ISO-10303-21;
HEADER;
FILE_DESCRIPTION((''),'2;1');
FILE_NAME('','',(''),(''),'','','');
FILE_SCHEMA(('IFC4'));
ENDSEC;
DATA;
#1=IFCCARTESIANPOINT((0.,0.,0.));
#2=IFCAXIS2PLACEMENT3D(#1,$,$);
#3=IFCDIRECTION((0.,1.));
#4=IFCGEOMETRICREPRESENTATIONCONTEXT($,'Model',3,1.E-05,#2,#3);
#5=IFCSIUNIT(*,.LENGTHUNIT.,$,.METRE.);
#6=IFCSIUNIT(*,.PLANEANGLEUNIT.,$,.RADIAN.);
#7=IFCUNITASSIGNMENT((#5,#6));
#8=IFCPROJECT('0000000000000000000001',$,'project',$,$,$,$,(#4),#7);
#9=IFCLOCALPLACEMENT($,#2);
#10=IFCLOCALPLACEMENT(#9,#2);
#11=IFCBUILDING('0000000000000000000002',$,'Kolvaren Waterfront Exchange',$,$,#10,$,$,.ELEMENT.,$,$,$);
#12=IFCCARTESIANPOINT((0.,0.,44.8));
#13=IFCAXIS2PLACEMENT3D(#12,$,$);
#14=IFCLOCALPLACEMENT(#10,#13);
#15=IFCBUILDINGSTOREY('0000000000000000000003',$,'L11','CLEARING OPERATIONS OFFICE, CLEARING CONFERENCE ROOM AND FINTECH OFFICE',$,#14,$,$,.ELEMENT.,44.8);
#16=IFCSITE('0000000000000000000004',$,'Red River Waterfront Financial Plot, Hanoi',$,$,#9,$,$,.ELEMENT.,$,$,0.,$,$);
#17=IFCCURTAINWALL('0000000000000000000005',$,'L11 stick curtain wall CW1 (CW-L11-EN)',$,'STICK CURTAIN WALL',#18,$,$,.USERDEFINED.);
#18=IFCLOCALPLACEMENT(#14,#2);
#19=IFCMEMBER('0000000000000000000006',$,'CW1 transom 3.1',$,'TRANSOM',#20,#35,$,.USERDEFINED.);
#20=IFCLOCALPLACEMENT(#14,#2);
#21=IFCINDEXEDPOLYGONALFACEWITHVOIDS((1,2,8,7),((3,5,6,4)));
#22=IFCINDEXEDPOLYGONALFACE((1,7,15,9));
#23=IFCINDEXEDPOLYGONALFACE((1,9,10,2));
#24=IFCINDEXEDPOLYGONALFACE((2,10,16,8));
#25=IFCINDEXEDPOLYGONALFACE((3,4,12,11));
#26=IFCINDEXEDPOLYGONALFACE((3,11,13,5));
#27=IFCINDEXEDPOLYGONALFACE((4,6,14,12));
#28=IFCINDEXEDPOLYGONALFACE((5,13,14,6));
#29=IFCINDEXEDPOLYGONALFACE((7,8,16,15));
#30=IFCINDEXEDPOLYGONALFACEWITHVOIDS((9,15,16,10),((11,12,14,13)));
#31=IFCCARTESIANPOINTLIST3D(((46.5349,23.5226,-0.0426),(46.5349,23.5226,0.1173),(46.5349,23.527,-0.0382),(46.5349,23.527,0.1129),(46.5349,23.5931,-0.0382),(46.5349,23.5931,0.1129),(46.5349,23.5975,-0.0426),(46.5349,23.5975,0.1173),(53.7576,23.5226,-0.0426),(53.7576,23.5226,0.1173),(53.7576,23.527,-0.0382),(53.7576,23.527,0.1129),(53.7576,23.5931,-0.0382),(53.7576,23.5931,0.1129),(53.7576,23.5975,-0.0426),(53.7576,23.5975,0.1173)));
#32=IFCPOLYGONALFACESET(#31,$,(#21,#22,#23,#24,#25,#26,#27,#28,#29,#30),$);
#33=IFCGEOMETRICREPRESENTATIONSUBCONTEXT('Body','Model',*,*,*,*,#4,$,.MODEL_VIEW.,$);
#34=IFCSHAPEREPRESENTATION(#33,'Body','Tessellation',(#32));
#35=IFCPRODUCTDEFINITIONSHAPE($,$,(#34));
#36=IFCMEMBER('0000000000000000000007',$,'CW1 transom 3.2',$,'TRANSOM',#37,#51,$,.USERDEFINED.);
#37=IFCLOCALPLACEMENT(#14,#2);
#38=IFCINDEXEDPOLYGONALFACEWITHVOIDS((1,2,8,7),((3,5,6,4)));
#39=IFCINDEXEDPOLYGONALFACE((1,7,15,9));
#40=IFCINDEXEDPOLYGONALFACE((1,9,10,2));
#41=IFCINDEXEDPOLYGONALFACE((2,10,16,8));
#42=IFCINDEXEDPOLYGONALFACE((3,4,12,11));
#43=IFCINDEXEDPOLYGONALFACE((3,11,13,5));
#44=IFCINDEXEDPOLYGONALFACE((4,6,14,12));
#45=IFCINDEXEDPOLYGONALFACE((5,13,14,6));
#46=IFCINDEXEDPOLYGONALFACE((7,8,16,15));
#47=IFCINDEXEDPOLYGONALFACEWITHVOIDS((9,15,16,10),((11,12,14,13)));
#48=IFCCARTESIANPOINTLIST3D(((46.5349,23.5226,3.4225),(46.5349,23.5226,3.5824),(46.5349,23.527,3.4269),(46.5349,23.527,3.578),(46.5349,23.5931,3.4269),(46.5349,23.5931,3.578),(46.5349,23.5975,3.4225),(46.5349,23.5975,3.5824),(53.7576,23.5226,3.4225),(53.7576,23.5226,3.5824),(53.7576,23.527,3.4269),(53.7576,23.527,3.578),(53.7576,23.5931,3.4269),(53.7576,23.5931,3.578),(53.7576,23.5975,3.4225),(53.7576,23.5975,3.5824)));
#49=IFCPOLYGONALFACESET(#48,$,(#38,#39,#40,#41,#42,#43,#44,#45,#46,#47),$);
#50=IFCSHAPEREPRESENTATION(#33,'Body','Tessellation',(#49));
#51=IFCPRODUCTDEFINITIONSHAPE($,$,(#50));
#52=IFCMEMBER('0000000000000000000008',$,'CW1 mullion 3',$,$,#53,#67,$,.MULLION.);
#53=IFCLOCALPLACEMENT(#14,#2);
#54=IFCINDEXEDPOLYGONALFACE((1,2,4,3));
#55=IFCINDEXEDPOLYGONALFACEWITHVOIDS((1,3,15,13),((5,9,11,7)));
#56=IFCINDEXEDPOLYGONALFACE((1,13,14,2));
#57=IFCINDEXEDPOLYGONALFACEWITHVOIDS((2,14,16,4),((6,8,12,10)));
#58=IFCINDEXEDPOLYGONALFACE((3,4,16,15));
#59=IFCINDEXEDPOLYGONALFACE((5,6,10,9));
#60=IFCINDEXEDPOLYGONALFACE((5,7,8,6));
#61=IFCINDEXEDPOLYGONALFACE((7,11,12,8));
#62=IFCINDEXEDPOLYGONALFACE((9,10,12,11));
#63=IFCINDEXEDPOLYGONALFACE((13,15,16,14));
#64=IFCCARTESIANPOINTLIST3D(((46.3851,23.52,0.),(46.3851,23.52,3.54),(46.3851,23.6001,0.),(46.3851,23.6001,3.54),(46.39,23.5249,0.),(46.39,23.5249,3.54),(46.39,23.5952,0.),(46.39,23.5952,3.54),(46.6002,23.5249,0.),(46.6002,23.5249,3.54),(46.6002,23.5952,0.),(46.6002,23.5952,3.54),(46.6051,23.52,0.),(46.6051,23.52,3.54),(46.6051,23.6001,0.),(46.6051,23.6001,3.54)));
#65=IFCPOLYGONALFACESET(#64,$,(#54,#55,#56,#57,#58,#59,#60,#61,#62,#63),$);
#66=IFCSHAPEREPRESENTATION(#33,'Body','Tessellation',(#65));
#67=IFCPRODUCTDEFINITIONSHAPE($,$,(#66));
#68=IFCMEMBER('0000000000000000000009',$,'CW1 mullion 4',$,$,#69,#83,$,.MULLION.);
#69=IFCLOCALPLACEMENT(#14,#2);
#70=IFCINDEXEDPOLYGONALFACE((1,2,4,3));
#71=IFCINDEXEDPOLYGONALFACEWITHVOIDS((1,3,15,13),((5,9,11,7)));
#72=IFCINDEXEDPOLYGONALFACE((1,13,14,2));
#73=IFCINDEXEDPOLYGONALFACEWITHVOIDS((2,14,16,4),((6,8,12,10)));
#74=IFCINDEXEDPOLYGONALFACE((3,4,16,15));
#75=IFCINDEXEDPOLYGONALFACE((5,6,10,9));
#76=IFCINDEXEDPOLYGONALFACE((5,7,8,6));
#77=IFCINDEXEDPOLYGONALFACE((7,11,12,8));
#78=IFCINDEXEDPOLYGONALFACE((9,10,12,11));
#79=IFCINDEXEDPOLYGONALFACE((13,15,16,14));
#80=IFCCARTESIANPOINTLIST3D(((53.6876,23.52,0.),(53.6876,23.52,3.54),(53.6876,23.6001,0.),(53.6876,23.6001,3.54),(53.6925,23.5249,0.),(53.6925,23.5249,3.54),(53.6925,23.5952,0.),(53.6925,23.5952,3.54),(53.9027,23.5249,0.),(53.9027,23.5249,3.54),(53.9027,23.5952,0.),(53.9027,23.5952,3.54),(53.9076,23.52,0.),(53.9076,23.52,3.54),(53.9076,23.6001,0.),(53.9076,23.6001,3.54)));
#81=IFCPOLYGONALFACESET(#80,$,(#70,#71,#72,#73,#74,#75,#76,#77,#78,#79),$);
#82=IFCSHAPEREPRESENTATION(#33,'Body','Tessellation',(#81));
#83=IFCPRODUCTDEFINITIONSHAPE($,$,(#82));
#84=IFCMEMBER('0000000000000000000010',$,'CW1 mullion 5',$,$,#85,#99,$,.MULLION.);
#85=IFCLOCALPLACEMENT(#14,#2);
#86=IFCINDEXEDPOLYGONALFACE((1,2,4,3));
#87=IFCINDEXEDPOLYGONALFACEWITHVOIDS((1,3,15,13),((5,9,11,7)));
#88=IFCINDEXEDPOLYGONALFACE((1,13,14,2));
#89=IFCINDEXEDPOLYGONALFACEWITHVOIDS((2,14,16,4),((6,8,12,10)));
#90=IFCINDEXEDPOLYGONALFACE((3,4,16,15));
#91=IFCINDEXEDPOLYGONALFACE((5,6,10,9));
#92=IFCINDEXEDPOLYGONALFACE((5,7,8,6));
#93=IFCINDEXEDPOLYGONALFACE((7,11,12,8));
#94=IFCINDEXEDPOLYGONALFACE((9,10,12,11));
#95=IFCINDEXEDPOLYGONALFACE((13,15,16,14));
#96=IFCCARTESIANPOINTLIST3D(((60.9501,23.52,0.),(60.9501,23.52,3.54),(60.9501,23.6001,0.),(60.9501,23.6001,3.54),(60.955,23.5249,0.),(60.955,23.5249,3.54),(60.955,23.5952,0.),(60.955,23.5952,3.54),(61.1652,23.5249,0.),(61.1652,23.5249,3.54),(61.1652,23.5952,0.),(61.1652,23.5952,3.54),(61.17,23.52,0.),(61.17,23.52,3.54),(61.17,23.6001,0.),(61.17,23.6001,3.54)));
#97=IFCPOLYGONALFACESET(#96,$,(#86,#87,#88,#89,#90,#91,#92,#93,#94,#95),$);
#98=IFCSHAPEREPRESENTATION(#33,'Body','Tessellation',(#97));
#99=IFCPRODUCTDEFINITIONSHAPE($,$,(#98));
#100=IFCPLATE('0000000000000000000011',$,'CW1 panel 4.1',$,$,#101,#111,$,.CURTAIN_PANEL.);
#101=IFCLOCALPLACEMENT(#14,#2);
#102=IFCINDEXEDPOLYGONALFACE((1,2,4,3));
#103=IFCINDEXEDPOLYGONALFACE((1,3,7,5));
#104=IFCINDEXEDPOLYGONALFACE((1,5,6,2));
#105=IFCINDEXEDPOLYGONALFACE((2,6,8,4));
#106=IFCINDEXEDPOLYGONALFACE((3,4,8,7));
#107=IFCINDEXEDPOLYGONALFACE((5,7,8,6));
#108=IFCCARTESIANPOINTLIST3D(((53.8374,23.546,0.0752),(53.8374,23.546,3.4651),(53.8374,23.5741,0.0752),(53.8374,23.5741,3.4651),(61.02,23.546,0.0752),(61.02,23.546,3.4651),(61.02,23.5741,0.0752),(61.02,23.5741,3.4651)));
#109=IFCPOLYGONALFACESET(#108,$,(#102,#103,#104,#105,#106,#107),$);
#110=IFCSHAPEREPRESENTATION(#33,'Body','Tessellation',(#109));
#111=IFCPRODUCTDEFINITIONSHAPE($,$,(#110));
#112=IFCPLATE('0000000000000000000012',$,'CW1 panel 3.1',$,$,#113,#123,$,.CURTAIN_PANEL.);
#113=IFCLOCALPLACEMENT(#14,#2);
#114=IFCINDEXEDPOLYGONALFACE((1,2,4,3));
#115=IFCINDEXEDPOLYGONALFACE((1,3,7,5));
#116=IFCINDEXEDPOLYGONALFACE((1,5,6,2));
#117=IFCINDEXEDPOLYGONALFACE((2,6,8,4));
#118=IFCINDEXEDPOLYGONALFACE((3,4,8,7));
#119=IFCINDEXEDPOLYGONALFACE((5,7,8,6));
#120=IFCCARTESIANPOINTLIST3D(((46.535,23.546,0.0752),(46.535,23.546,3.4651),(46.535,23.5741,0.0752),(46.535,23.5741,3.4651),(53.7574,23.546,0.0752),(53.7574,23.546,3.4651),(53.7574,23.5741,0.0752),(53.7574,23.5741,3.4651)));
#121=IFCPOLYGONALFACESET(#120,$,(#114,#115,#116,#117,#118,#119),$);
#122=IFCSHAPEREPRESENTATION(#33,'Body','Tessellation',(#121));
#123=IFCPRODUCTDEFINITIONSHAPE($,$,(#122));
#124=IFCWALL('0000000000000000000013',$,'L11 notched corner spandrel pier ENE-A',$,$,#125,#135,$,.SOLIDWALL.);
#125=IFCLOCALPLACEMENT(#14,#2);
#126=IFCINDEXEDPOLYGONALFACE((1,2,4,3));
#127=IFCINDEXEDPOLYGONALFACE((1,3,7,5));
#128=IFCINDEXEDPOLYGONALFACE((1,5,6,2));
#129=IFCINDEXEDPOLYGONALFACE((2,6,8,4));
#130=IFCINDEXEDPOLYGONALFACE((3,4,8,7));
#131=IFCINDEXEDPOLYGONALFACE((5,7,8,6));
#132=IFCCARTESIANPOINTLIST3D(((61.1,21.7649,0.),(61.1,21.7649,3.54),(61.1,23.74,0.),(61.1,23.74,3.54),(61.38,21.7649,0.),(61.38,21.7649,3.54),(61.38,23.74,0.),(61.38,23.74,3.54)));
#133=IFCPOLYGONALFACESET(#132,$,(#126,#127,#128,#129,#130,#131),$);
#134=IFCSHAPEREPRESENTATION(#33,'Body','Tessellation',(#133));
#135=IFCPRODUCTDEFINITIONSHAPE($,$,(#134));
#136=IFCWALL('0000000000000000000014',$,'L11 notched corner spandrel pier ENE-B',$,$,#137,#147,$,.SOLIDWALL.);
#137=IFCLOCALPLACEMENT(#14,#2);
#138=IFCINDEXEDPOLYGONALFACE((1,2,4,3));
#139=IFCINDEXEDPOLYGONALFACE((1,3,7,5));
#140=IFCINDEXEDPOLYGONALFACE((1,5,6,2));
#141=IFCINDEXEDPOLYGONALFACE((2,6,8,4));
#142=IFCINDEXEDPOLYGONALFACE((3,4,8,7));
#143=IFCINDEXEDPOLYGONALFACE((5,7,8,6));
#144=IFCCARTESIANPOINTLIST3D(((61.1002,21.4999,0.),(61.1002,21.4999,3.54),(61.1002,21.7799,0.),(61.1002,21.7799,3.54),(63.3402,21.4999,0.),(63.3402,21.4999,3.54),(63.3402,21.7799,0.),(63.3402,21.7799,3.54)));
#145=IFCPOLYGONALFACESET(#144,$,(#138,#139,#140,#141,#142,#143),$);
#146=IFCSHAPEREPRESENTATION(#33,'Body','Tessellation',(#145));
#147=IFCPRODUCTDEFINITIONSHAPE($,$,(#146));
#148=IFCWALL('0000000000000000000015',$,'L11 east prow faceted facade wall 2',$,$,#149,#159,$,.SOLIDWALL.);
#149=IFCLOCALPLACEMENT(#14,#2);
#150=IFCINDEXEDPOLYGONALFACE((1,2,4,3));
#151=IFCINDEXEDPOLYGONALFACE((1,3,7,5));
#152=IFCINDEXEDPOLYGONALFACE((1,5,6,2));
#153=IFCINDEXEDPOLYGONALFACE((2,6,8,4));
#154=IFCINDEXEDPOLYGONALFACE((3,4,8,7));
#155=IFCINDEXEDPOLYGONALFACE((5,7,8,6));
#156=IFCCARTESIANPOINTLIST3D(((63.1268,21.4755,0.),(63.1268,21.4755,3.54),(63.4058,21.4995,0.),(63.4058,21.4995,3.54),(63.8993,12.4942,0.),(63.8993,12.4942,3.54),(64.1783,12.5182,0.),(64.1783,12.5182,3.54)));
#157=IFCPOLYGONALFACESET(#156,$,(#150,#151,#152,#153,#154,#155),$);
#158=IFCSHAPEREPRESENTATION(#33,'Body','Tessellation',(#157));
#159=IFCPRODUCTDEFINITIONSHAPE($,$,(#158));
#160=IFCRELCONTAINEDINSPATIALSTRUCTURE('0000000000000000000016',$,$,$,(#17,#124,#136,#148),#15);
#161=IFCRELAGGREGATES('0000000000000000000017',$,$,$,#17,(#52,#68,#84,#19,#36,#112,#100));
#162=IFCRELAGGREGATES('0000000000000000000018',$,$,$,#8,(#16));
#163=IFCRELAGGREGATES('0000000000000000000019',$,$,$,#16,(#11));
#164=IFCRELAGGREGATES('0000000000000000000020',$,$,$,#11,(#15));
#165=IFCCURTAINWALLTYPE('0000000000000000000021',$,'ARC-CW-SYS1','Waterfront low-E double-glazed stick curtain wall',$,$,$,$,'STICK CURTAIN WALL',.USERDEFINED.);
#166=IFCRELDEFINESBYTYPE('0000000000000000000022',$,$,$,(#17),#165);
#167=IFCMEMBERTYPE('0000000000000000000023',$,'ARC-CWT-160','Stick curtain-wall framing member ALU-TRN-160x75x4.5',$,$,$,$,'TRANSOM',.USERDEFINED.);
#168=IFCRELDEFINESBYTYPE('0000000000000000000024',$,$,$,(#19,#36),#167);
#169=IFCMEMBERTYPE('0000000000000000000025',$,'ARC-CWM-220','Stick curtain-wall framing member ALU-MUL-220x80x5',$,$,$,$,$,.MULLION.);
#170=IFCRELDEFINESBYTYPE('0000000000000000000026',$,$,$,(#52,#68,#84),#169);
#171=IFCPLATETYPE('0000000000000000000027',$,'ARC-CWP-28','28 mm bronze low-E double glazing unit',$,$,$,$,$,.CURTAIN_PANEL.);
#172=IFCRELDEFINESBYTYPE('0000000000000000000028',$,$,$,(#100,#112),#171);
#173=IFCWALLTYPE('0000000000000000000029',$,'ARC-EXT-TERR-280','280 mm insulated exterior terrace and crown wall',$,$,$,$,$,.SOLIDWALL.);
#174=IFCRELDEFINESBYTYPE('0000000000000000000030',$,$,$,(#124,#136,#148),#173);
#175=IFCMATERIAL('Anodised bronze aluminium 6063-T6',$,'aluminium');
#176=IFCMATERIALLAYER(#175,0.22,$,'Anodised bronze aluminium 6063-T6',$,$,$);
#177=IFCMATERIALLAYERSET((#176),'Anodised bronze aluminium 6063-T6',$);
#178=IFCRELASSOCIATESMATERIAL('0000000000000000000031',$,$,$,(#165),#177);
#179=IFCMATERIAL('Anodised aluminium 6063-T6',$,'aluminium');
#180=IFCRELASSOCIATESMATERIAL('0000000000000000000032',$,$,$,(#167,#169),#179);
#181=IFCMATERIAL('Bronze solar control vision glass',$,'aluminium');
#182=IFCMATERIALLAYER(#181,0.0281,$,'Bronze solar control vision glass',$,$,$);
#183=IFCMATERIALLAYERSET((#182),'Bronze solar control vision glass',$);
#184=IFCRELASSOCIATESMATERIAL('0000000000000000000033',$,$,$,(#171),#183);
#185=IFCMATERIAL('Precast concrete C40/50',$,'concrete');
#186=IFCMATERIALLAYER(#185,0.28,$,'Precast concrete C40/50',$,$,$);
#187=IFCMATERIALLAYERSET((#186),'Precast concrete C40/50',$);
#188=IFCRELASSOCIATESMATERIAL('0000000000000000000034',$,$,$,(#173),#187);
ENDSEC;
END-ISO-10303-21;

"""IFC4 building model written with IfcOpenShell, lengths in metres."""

from ifc_helpers import new_model, si_unit, direction, frame, frame_2d, origin, origin_with_axes, origin_2d, place, context, subcontext, project, spatial, rectangle, hollow_rectangle, extrude, source, transform, mapped, material, layer, layer_set, material_profile, profile_set, type_object, element, aggregate, save


model = new_model("IFC4")

# Units and contexts
model_context = context("Model", 3, precision=1e-05, world=origin(), true_north=direction((0.0, 1.0)))
body_context = subcontext(model_context, "Body", "Model", "MODEL_VIEW")
ifc_project = project(units=[si_unit("LENGTHUNIT", "METRE"), si_unit("PLANEANGLEUNIT", "RADIAN")], contexts=[model_context])

# Site, building, storey
site_placement = place(None, origin())
site = spatial("IfcSite", under=ifc_project, at=site_placement, Name="Red River Waterfront Financial Plot, Hanoi", CompositionType="ELEMENT", RefElevation=0.0)
building_placement = place(site_placement, origin())
building = spatial("IfcBuilding", under=site, at=building_placement, Name="Kolvaren Waterfront Exchange", CompositionType="ELEMENT")
storey_placement = place(building_placement, frame((0.0, 0.0, 44.8)))
storey = spatial("IfcBuildingStorey", under=building, at=storey_placement, Name="L11", Description="CLEARING OPERATIONS OFFICE, CLEARING CONFERENCE ROOM AND FINTECH OFFICE", CompositionType="ELEMENT", Elevation=44.8)

# Curtain wall, members, plates
ifc_material_1 = material(Name="Anodised bronze aluminium 6063-T6", Category="aluminium")
ifc_layer_1 = layer(ifc_material_1, 0.22, Name="Anodised bronze aluminium 6063-T6")
ifc_layer_set_1 = layer_set([ifc_layer_1], Name="Anodised bronze aluminium 6063-T6")
curtain_wall_type = type_object("IfcCurtainWallType", Name="ARC-CW-SYS1", Description="Waterfront low-E double-glazed stick curtain wall", ElementType="STICK CURTAIN WALL", PredefinedType="USERDEFINED", material=ifc_layer_set_1)
curtain_wall_placement = place(storey_placement, origin())
curtain_wall = element("IfcCurtainWall", 1, at=curtain_wall_placement, inside=storey, type_object=curtain_wall_type, Name="L11 stick curtain wall CW1 (CW-L11-EN)", ObjectType="STICK CURTAIN WALL", PredefinedType="USERDEFINED")
ifc_material_2 = material(Name="Anodised aluminium 6063-T6", Category="aluminium")
ifc_material_profile_1 = material_profile(ifc_material_2, hollow_rectangle(XDim=0.075, YDim=0.1599, WallThickness=0.0044, at=origin_2d()), Name="ALU-TRN-160x75x4.5")
ifc_profile_set_1 = profile_set([ifc_material_profile_1], Name="Anodised aluminium 6063-T6")
member_type_1 = type_object("IfcMemberType", Name="ARC-CWT-160", Description="Stick curtain-wall framing member ALU-TRN-160x75x4.5", ElementType="TRANSOM", PredefinedType="USERDEFINED", material=ifc_profile_set_1)
shared_shape_1 = source(origin_with_axes(), body_context, "Body", "SweptSolid", [
    extrude(hollow_rectangle(XDim=0.075, YDim=0.1599, WallThickness=0.0044, at=origin_2d()), origin(), (0.0, 0.0, 1.0), 7.2227),
])
member_1_placement = place(storey_placement, frame((46.5349, 23.5601, 0.0374), z_axis=(1.0, 0.0, 0.0), x_axis=(0.0, 1.0, 0.0)))
member_1 = element("IfcMember", 2, at=member_1_placement, type_object=member_type_1, Name="CW1 transom 3.1", ObjectType="TRANSOM", PredefinedType="USERDEFINED", context=body_context, shape_type="MappedRepresentation", body=[
    mapped(shared_shape_1, transform((0.0, 0.0, 0.0), x_axis=(1.0, 0.0, 0.0), y_axis=(0.0, 1.0, 0.0), z_axis=(0.0, 0.0, 1.0), scale=1.0)),
])
member_2_placement = place(storey_placement, frame((46.5349, 23.5601, 3.5024), z_axis=(1.0, 0.0, 0.0), x_axis=(0.0, 1.0, 0.0)))
member_2 = element("IfcMember", 3, at=member_2_placement, type_object=member_type_1, Name="CW1 transom 3.2", ObjectType="TRANSOM", PredefinedType="USERDEFINED", context=body_context, shape_type="MappedRepresentation", body=[
    mapped(shared_shape_1, transform((0.0, 0.0, 0.0), x_axis=(1.0, 0.0, 0.0), y_axis=(0.0, 1.0, 0.0), z_axis=(0.0, 0.0, 1.0), scale=1.0)),
])
ifc_material_profile_2 = material_profile(ifc_material_2, hollow_rectangle(XDim=0.0801, YDim=0.22, WallThickness=0.0049, at=origin_2d()), Name="ALU-MUL-220x80x5")
ifc_profile_set_2 = profile_set([ifc_material_profile_2], Name="Anodised aluminium 6063-T6")
member_type_2 = type_object("IfcMemberType", Name="ARC-CWM-220", Description="Stick curtain-wall framing member ALU-MUL-220x80x5", PredefinedType="MULLION", material=ifc_profile_set_2)
shared_shape_2 = source(origin_with_axes(), body_context, "Body", "SweptSolid", [
    extrude(hollow_rectangle(XDim=0.0801, YDim=0.22, WallThickness=0.0049, at=origin_2d()), origin(), (0.0, 0.0, 1.0), 3.54),
])
member_3_placement = place(storey_placement, frame((46.4951, 23.5601, 0.0), z_axis=(0.0, 0.0, 1.0), x_axis=(0.0, 1.0, 0.0)))
member_3 = element("IfcMember", 4, at=member_3_placement, type_object=member_type_2, Name="CW1 mullion 3", PredefinedType="MULLION", context=body_context, shape_type="MappedRepresentation", body=[
    mapped(shared_shape_2, transform((0.0, 0.0, 0.0), x_axis=(1.0, 0.0, 0.0), y_axis=(0.0, 1.0, 0.0), z_axis=(0.0, 0.0, 1.0), scale=1.0)),
])
member_4_placement = place(storey_placement, frame((53.7976, 23.5601, 0.0), z_axis=(0.0, 0.0, 1.0), x_axis=(0.0, 1.0, 0.0)))
member_4 = element("IfcMember", 5, at=member_4_placement, type_object=member_type_2, Name="CW1 mullion 4", PredefinedType="MULLION", context=body_context, shape_type="MappedRepresentation", body=[
    mapped(shared_shape_2, transform((0.0, 0.0, 0.0), x_axis=(1.0, 0.0, 0.0), y_axis=(0.0, 1.0, 0.0), z_axis=(0.0, 0.0, 1.0), scale=1.0)),
])
member_5_placement = place(storey_placement, frame((61.0601, 23.5601, 0.0), z_axis=(0.0, 0.0, 1.0), x_axis=(0.0, 1.0, 0.0)))
member_5 = element("IfcMember", 6, at=member_5_placement, type_object=member_type_2, Name="CW1 mullion 5", PredefinedType="MULLION", context=body_context, shape_type="MappedRepresentation", body=[
    mapped(shared_shape_2, transform((0.0, 0.0, 0.0), x_axis=(1.0, 0.0, 0.0), y_axis=(0.0, 1.0, 0.0), z_axis=(0.0, 0.0, 1.0), scale=1.0)),
])
ifc_material_3 = material(Name="Bronze solar control vision glass", Category="aluminium")
ifc_layer_2 = layer(ifc_material_3, 0.0281, Name="Bronze solar control vision glass")
ifc_layer_set_2 = layer_set([ifc_layer_2], Name="Bronze solar control vision glass")
plate_type = type_object("IfcPlateType", Name="ARC-CWP-28", Description="28 mm bronze low-E double glazing unit", PredefinedType="CURTAIN_PANEL", material=ifc_layer_set_2)
shared_shape_3 = source(origin_with_axes(), body_context, "Body", "SweptSolid", [
    extrude(rectangle(XDim=7.1826, YDim=0.0281, at=origin_2d()), origin(), (0.0, 0.0, 1.0), 3.3899),
])
plate_1_placement = place(storey_placement, frame((57.4287, 23.5601, 0.0752), z_axis=(0.0, 0.0, 1.0), x_axis=(1.0, 0.0, 0.0)))
plate_1 = element("IfcPlate", 7, at=plate_1_placement, type_object=plate_type, Name="CW1 panel 4.1", PredefinedType="CURTAIN_PANEL", context=body_context, shape_type="MappedRepresentation", body=[
    mapped(shared_shape_3, transform((0.0, 0.0, 0.0), x_axis=(1.0, 0.0, 0.0), y_axis=(0.0, 1.0, 0.0), z_axis=(0.0, 0.0, 1.0), scale=1.0)),
])
shared_shape_4 = source(origin_with_axes(), body_context, "Body", "SweptSolid", [
    extrude(rectangle(XDim=7.2224, YDim=0.0281, at=origin_2d()), origin(), (0.0, 0.0, 1.0), 3.3899),
])
plate_2_placement = place(storey_placement, frame((50.1462, 23.5601, 0.0752), z_axis=(0.0, 0.0, 1.0), x_axis=(1.0, 0.0, 0.0)))
plate_2 = element("IfcPlate", 8, at=plate_2_placement, type_object=plate_type, Name="CW1 panel 3.1", PredefinedType="CURTAIN_PANEL", context=body_context, shape_type="MappedRepresentation", body=[
    mapped(shared_shape_4, transform((0.0, 0.0, 0.0), x_axis=(1.0, 0.0, 0.0), y_axis=(0.0, 1.0, 0.0), z_axis=(0.0, 0.0, 1.0), scale=1.0)),
])
aggregate(curtain_wall, [member_3, member_4, member_5, member_1, member_2, plate_2, plate_1])

# Walls
ifc_material_4 = material(Name="Precast concrete C40/50", Category="concrete")
ifc_layer_3 = layer(ifc_material_4, 0.28, Name="Precast concrete C40/50")
ifc_layer_set_3 = layer_set([ifc_layer_3], Name="Precast concrete C40/50")
wall_type_1 = type_object("IfcWallType", Name="ARC-EXT-TERR-280", Description="280 mm insulated exterior terrace and crown wall", PredefinedType="SOLIDWALL", material=ifc_layer_set_3)
wall_1_placement = place(storey_placement, frame((61.24, 21.7649, 0.0), z_axis=(0.0, 0.0, 1.0), x_axis=(0.0, 1.0, 0.0)))
element("IfcWall", 9, at=wall_1_placement, inside=storey, type_object=wall_type_1, Name="L11 notched corner spandrel pier ENE-A", PredefinedType="SOLIDWALL", context=body_context, shape_type="SweptSolid", body=[
    extrude(rectangle(XDim=1.9751, YDim=0.28, at=frame_2d((0.9875, 0.0))), origin(), (0.0, 0.0, 1.0), 3.54),
])
wall_2_placement = place(storey_placement, frame((61.1001, 21.6399, 0.0), z_axis=(0.0, 0.0, 1.0), x_axis=(1.0, 0.0, 0.0)))
element("IfcWall", 10, at=wall_2_placement, inside=storey, type_object=wall_type_1, Name="L11 notched corner spandrel pier ENE-B", PredefinedType="SOLIDWALL", context=body_context, shape_type="SweptSolid", body=[
    extrude(rectangle(XDim=2.24, YDim=0.28, at=frame_2d((1.1201, 0.0))), origin(), (0.0, 0.0, 1.0), 3.54),
])
wall_3_placement = place(storey_placement, frame((64.0388, 12.5061, 0.0), z_axis=(0.0, 0.0, 1.0), x_axis=(-0.085692, 0.996322, 0.0)))
element("IfcWall", 11, at=wall_3_placement, inside=storey, type_object=wall_type_1, Name="L11 east prow faceted facade wall 2", PredefinedType="SOLIDWALL", context=body_context, shape_type="SweptSolid", body=[
    extrude(rectangle(XDim=9.0144, YDim=0.28, at=frame_2d((4.5073, 0.0))), origin(), (0.0, 0.0, 1.0), 3.54),
])

save(model, "model.ifc")
